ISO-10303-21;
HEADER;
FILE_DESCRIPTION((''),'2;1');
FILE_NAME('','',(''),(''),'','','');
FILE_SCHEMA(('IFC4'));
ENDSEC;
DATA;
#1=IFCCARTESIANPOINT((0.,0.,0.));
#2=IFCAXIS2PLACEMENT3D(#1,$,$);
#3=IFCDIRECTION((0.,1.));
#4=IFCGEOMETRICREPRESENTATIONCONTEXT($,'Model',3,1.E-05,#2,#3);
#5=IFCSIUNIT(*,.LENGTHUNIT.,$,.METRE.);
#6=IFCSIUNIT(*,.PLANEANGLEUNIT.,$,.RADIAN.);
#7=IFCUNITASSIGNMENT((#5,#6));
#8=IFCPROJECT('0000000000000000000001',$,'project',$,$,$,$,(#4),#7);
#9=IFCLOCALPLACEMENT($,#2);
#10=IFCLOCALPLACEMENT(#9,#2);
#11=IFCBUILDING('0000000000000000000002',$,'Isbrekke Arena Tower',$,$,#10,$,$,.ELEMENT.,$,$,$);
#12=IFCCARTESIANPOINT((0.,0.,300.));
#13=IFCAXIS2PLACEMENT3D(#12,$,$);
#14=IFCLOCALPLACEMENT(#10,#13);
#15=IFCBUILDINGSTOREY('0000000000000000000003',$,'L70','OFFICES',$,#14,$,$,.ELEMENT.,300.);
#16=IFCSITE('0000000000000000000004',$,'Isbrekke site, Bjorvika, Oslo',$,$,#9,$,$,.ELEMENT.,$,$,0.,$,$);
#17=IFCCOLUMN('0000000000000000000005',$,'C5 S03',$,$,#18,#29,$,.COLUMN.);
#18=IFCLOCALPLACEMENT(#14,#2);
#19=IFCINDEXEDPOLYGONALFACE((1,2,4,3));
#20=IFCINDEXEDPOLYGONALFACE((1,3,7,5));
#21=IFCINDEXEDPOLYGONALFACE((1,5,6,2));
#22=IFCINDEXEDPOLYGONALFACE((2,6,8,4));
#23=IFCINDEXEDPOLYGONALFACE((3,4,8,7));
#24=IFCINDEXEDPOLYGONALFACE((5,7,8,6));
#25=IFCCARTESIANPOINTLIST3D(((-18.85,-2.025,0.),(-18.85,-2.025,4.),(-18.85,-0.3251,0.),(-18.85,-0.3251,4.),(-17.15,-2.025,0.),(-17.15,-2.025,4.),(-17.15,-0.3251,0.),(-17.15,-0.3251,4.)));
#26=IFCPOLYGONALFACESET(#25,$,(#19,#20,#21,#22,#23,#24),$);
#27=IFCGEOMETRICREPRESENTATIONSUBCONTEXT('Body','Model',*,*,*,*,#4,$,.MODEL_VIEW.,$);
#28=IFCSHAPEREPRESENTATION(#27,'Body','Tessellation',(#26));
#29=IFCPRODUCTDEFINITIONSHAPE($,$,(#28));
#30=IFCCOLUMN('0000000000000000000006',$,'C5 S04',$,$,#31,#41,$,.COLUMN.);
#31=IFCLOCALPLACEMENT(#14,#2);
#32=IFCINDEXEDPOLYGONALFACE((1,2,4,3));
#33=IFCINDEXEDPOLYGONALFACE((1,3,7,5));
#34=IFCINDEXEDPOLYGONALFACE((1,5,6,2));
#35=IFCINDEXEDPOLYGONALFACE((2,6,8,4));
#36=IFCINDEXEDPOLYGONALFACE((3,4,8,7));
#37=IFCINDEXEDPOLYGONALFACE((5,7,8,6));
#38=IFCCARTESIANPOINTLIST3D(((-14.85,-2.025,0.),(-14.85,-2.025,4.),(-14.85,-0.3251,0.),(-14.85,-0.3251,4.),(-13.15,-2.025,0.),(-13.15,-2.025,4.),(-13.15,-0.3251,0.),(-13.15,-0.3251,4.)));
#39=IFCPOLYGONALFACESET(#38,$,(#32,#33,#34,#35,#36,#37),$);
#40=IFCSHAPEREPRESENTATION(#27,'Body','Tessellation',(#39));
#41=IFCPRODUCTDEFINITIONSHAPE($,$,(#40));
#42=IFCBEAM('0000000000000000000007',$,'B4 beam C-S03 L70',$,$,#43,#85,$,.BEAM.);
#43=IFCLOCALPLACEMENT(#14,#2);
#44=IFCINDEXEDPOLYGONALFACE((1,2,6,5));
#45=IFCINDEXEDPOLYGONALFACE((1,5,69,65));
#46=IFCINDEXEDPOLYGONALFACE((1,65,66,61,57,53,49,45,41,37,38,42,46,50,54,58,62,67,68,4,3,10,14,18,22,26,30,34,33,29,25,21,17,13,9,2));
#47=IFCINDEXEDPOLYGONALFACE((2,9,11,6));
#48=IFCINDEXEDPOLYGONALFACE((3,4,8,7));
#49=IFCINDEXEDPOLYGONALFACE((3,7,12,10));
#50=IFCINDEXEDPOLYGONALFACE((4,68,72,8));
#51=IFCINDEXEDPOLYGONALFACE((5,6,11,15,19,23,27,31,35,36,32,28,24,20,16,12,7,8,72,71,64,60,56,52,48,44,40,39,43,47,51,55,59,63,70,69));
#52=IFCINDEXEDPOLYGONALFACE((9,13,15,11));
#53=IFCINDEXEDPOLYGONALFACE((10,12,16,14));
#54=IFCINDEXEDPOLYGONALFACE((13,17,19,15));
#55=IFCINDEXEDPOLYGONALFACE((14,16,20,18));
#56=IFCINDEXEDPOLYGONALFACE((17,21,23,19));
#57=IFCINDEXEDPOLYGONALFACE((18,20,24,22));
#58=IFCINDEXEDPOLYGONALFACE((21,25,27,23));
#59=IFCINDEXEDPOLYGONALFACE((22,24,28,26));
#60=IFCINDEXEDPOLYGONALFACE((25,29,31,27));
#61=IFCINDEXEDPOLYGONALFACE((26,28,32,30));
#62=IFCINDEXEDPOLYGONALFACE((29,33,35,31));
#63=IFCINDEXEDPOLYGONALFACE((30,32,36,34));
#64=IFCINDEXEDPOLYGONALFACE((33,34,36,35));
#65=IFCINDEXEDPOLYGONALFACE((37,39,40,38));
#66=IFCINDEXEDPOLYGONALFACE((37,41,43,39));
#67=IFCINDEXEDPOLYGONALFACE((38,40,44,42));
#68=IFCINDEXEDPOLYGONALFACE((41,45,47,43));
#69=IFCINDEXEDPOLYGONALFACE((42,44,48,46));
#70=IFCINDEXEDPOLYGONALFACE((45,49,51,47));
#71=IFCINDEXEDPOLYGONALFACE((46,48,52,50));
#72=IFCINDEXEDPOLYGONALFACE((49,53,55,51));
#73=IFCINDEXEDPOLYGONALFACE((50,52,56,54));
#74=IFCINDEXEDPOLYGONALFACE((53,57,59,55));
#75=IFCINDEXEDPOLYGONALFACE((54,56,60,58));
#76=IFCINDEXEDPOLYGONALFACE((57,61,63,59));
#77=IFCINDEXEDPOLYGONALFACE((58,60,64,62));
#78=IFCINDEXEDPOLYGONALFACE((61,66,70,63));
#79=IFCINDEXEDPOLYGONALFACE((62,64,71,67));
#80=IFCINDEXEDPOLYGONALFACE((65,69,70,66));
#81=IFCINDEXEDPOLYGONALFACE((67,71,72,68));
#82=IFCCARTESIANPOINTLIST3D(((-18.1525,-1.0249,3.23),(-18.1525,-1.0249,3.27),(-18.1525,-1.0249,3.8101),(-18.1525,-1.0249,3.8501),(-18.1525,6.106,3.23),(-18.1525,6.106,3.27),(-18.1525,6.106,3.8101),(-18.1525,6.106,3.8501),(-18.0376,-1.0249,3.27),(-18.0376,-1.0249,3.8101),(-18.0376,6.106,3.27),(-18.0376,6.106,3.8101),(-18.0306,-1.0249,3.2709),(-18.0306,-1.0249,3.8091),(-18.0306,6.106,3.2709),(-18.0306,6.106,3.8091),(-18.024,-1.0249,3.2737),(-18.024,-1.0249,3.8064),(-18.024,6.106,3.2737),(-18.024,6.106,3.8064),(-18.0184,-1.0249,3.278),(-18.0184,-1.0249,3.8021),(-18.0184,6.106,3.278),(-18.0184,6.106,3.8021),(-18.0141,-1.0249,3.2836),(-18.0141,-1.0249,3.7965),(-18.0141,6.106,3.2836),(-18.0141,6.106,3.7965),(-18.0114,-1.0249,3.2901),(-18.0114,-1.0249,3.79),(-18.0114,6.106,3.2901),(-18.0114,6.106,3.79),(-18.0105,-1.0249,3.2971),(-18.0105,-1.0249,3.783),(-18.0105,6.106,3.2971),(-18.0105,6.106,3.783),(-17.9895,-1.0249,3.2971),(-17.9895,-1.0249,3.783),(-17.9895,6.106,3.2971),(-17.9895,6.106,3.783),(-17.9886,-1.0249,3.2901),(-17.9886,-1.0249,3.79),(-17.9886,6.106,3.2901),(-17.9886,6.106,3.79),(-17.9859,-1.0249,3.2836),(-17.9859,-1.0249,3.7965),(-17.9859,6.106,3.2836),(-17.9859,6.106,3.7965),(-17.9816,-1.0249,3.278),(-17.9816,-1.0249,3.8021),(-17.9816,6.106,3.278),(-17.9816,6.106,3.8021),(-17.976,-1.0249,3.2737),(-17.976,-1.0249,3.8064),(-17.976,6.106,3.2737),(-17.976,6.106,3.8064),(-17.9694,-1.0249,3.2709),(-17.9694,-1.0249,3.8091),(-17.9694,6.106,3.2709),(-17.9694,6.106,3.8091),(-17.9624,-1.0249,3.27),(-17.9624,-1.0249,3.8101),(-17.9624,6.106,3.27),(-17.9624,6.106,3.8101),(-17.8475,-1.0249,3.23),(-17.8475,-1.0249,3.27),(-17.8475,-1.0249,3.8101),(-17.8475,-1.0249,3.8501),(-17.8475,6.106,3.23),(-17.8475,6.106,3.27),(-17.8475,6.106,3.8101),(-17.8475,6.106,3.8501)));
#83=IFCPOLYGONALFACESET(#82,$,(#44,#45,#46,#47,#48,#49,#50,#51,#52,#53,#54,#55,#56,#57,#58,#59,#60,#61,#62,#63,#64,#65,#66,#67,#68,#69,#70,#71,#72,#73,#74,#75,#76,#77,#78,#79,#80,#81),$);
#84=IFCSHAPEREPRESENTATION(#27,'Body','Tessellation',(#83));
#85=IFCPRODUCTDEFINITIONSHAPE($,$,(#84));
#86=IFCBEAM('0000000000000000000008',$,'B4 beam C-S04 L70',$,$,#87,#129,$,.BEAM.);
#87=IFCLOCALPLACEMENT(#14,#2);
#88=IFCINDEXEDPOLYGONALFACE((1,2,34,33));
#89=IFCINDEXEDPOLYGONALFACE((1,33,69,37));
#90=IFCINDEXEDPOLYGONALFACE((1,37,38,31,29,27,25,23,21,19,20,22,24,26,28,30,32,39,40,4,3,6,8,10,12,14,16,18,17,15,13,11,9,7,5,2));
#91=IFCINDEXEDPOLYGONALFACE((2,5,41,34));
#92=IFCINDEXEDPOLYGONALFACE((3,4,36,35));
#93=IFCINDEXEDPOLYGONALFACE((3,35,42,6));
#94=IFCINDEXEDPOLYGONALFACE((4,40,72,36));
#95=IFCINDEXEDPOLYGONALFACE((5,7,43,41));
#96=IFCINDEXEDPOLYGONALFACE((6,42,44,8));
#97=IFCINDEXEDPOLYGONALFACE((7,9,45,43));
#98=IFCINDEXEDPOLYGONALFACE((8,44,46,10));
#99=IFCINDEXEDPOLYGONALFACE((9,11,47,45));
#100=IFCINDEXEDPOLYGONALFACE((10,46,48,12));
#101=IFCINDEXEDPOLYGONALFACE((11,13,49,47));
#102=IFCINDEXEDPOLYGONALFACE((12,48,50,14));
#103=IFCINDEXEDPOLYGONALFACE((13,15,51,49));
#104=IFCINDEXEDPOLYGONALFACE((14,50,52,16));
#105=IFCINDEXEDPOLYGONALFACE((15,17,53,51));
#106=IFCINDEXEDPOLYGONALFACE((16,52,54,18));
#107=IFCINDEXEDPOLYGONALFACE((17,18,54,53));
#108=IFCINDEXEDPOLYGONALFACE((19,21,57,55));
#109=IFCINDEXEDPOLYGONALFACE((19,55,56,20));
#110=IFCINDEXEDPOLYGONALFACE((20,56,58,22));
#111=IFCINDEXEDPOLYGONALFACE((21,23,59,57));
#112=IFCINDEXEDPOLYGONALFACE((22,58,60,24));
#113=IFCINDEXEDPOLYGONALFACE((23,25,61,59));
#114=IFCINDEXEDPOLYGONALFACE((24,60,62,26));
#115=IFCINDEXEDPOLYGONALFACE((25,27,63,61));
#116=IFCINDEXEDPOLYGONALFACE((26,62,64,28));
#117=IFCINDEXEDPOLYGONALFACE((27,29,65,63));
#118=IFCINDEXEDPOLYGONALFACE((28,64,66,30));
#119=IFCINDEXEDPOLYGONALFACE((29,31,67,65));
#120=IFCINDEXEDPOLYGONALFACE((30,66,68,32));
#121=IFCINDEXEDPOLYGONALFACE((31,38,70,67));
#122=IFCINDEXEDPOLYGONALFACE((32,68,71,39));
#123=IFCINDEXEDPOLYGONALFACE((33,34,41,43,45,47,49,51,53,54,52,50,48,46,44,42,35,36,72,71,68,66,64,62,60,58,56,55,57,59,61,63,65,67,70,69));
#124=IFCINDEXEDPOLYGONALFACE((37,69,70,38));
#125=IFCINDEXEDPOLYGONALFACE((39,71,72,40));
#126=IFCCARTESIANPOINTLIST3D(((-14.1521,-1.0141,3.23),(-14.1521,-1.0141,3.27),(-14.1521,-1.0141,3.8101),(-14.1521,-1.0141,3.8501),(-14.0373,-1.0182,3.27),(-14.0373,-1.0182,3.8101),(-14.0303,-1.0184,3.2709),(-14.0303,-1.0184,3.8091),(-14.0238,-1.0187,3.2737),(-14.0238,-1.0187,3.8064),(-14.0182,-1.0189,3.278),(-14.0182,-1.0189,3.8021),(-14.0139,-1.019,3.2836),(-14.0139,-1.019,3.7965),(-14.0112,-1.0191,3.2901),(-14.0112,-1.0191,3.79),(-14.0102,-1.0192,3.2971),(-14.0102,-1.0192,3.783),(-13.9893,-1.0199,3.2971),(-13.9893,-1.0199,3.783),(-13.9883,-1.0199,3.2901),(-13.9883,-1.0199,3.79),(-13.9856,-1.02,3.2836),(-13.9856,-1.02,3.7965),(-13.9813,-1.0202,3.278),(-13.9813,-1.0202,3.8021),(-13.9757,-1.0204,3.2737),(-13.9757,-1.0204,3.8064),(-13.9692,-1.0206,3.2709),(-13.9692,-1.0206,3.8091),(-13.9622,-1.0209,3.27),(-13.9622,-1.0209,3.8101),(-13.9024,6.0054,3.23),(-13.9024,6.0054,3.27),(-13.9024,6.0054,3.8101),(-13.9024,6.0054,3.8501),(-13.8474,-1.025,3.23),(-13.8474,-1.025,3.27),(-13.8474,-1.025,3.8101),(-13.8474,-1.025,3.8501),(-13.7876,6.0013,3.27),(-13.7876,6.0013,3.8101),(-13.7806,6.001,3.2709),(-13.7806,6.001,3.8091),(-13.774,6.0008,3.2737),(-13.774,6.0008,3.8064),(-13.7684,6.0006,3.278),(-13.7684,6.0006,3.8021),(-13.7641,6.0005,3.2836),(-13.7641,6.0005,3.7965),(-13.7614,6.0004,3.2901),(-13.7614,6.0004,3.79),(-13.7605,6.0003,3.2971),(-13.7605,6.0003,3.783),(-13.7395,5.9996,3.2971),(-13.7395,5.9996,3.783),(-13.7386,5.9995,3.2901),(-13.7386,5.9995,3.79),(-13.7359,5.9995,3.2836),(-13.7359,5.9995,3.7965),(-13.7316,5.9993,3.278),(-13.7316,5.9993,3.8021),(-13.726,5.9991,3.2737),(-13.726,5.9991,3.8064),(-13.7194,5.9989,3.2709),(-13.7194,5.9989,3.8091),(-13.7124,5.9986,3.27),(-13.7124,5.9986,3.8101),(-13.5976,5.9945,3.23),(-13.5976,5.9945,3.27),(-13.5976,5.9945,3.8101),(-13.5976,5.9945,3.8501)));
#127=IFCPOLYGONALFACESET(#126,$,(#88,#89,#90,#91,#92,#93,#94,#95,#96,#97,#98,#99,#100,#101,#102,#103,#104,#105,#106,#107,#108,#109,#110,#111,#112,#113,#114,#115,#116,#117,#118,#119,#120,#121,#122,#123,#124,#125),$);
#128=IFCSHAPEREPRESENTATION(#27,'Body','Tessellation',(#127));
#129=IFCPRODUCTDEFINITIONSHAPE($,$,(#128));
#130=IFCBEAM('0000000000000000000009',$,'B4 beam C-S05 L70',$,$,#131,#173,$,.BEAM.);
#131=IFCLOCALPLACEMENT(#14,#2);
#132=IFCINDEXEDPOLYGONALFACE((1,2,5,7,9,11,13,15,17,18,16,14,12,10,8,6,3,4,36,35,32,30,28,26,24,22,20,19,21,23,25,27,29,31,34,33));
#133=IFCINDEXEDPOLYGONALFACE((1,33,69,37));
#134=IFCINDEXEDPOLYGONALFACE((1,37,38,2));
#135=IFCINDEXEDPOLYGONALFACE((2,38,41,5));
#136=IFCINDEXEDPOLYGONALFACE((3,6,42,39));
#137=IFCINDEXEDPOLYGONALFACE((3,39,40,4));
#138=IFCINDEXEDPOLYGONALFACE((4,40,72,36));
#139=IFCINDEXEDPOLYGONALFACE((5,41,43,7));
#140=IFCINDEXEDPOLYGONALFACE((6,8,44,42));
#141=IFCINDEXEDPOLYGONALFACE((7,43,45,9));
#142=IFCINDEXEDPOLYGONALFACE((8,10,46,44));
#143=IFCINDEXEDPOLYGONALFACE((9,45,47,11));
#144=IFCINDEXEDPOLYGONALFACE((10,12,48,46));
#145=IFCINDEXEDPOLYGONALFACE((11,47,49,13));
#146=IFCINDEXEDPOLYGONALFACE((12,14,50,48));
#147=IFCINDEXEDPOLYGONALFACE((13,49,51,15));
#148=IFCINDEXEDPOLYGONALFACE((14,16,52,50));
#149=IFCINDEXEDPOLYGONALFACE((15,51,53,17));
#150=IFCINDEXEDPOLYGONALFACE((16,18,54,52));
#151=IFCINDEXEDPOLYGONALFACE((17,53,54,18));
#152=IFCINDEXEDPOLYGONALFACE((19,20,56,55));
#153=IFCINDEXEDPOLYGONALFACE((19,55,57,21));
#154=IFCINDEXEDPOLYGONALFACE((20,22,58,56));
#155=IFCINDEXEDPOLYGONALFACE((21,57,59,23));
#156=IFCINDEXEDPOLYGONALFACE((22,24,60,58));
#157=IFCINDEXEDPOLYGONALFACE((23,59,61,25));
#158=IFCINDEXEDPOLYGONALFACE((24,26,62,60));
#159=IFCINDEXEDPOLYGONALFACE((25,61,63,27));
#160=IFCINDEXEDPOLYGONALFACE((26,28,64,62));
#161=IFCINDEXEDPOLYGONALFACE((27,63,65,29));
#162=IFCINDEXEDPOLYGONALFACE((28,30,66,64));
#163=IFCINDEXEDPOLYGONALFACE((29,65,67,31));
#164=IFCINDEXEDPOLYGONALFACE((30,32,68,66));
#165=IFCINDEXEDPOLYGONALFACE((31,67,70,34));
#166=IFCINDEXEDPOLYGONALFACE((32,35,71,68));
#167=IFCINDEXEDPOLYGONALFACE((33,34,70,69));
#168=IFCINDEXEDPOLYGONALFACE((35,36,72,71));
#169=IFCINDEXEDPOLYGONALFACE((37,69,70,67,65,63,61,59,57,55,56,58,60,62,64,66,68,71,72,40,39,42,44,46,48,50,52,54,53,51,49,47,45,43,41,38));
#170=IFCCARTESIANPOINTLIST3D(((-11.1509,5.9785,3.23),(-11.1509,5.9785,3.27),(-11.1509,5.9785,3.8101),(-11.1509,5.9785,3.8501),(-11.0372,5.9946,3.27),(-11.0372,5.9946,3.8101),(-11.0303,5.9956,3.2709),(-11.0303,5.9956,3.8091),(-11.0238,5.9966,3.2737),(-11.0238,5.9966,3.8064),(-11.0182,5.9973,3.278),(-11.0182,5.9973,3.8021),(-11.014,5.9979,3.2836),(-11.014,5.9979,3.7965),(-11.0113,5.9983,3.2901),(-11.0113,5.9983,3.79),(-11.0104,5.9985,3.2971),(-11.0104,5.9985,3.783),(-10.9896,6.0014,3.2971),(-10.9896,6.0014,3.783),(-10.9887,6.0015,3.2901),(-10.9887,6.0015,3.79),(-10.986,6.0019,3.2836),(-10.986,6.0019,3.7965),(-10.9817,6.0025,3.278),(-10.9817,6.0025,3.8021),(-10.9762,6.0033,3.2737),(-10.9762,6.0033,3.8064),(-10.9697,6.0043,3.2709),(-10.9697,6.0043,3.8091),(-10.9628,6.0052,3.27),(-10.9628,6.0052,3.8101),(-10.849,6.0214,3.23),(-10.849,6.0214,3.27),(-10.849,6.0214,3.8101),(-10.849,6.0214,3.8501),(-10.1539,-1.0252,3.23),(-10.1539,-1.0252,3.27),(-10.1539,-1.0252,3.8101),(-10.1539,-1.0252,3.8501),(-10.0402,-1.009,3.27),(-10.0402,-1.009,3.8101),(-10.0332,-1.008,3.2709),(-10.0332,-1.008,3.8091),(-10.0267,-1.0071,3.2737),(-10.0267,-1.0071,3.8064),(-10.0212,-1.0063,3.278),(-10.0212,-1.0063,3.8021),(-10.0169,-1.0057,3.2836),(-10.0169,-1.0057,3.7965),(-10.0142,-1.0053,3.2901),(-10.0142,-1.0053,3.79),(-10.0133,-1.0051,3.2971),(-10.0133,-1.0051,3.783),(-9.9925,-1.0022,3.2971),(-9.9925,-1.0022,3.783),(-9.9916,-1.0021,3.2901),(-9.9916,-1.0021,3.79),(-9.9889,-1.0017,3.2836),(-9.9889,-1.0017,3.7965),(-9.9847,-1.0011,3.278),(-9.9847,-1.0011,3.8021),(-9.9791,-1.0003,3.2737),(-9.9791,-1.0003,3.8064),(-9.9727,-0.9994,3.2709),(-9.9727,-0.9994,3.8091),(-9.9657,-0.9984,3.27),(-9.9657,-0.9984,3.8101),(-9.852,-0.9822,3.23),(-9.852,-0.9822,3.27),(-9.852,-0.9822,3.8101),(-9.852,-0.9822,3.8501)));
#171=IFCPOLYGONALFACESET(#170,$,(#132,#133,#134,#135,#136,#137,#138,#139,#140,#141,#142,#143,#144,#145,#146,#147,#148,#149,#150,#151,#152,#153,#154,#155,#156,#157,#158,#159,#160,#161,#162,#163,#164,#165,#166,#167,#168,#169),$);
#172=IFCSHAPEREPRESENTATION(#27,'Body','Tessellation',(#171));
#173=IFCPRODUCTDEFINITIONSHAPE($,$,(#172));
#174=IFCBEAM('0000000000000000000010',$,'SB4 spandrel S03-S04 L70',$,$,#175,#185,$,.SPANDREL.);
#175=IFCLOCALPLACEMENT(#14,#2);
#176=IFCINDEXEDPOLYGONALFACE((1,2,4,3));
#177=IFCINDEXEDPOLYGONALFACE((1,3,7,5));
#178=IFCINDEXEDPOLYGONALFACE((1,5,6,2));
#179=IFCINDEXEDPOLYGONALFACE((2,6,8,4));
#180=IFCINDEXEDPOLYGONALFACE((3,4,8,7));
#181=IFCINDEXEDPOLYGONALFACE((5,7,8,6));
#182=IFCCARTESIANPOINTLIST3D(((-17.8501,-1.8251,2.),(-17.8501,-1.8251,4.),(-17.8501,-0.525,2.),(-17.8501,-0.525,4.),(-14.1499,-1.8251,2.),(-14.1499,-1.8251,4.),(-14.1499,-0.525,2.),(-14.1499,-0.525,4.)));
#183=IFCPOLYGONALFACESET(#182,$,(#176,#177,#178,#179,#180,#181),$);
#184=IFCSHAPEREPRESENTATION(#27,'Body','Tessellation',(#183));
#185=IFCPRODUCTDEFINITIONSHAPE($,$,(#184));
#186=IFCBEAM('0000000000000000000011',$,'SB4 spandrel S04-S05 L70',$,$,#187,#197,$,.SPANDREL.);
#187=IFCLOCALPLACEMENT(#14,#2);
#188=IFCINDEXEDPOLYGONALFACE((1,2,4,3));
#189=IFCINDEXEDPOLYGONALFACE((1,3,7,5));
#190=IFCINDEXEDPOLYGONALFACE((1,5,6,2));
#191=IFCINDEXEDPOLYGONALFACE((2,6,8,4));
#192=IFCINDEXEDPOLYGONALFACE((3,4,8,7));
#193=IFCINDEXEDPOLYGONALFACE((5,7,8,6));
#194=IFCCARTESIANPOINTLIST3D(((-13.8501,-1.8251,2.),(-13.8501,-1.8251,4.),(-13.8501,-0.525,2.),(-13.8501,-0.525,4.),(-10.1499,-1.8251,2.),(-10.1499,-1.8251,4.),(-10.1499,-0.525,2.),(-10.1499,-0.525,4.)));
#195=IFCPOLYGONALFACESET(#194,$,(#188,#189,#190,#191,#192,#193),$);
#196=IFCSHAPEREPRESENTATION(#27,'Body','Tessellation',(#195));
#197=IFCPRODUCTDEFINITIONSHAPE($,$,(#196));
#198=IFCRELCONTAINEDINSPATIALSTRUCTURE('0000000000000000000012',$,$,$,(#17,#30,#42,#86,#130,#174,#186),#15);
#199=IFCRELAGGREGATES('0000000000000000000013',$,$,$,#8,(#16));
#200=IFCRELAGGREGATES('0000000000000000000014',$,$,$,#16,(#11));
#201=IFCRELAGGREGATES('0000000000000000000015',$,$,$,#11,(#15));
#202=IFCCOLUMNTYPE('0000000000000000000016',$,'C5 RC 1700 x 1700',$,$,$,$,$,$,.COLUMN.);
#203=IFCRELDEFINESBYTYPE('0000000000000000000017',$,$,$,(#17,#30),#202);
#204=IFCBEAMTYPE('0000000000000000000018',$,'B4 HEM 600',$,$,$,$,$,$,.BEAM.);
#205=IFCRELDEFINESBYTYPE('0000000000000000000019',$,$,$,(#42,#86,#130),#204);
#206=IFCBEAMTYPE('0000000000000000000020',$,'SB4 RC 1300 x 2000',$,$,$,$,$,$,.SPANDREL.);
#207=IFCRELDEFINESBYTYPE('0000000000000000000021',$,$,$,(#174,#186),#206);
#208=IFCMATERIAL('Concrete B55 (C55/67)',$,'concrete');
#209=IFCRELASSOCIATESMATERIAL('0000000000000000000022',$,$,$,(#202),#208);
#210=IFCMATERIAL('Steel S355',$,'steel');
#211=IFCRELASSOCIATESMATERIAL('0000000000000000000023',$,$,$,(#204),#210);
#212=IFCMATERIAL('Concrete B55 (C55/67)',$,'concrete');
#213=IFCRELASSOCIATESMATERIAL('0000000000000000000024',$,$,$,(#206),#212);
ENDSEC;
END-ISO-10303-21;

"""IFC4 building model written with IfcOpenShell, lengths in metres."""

from ifc_helpers import new_model, si_unit, direction, frame, origin, origin_2d, place, context, subcontext, project, spatial, rectangle, i_section, extrude, material, material_profile, profile_set, type_object, element, save


model = new_model("IFC4")

# Units and contexts
model_context = context("Model", 3, precision=1e-05, world=origin(), true_north=direction((0.0, 1.0)))
body_context = subcontext(model_context, "Body", "Model", "MODEL_VIEW")
ifc_project = project(units=[si_unit("LENGTHUNIT", "METRE"), si_unit("PLANEANGLEUNIT", "RADIAN")], contexts=[model_context])

# Site, building, storey
site_placement = place(None, origin())
site = spatial("IfcSite", under=ifc_project, at=site_placement, Name="Isbrekke site, Bjorvika, Oslo", CompositionType="ELEMENT", RefElevation=0.0)
building_placement = place(site_placement, origin())
building = spatial("IfcBuilding", under=site, at=building_placement, Name="Isbrekke Arena Tower", CompositionType="ELEMENT")
storey_placement = place(building_placement, frame((0.0, 0.0, 300.0)))
storey = spatial("IfcBuildingStorey", under=building, at=storey_placement, Name="L70", Description="OFFICES", CompositionType="ELEMENT", Elevation=300.0)

# Columns
ifc_material_1 = material(Name="Concrete B55 (C55/67)", Category="concrete")
ifc_material_profile_1 = material_profile(ifc_material_1, rectangle(XDim=1.7, YDim=1.7, at=origin_2d()), Name="RC 1700x1700")
ifc_profile_set_1 = profile_set([ifc_material_profile_1], Name="Concrete B55 (C55/67)")
column_type = type_object("IfcColumnType", Name="C5 RC 1700 x 1700", PredefinedType="COLUMN", material=ifc_profile_set_1)
for number, where, z_axis, x_axis, name in (
    (1, (-18.0, -1.175, 0.0), (0.0, 0.0, 1.0), (1.0, 0.0, 0.0), "C5 S03"),
    (2, (-14.0, -1.175, 0.0), (0.0, 0.0, 1.0), (1.0, 0.0, 0.0), "C5 S04"),
):
    element("IfcColumn", number, at=place(storey_placement, frame(where, z_axis=z_axis, x_axis=x_axis)), inside=storey, type_object=column_type, Name=name, PredefinedType="COLUMN", context=body_context, shape_type="SweptSolid", body=[
        extrude(rectangle(XDim=1.7, YDim=1.7, at=origin_2d()), origin(), (0.0, 0.0, 1.0), 4.0),
    ])

# Beams
ifc_material_2 = material(Name="Steel S355", Category="steel")
ifc_material_profile_2 = material_profile(ifc_material_2, i_section(OverallWidth=0.3049, OverallDepth=0.6201, WebThickness=0.021, FlangeThickness=0.04, FilletRadius=0.0271, at=origin_2d()), Name="HEM 600")
ifc_profile_set_2 = profile_set([ifc_material_profile_2], Name="Steel S355")
beam_type_1 = type_object("IfcBeamType", Name="B4 HEM 600", PredefinedType="BEAM", material=ifc_profile_set_2)
beam_1_placement = place(storey_placement, frame((-18.0, -1.0249, 3.54), z_axis=(0.0, 1.0, 0.0), x_axis=(-1.0, 0.0, 0.0)))
element("IfcBeam", 3, at=beam_1_placement, inside=storey, type_object=beam_type_1, Name="B4 beam C-S03 L70", PredefinedType="BEAM", context=body_context, shape_type="SweptSolid", body=[
    extrude(i_section(OverallWidth=0.3049, OverallDepth=0.6201, WebThickness=0.021, FlangeThickness=0.04, FilletRadius=0.0271, at=origin_2d()), origin(), (0.0, 0.0, 1.0), 7.1309),
])
beam_2_placement = place(storey_placement, frame((-13.9998, -1.0195, 3.54), z_axis=(0.035558, 0.999368, 0.0), x_axis=(-0.999368, 0.035558, 0.0)))
element("IfcBeam", 4, at=beam_2_placement, inside=storey, type_object=beam_type_1, Name="B4 beam C-S04 L70", PredefinedType="BEAM", context=body_context, shape_type="SweptSolid", body=[
    extrude(i_section(OverallWidth=0.3049, OverallDepth=0.6201, WebThickness=0.021, FlangeThickness=0.04, FilletRadius=0.0271, at=origin_2d()), origin(), (0.0, 0.0, 1.0), 7.0239),
])
beam_3_placement = place(storey_placement, frame((-10.0029, -1.0037, 3.54), z_axis=(-0.140943, 0.990018, 0.0), x_axis=(-0.990018, -0.140943, 0.0)))
element("IfcBeam", 5, at=beam_3_placement, inside=storey, type_object=beam_type_1, Name="B4 beam C-S05 L70", PredefinedType="BEAM", context=body_context, shape_type="SweptSolid", body=[
    extrude(i_section(OverallWidth=0.3049, OverallDepth=0.6201, WebThickness=0.021, FlangeThickness=0.04, FilletRadius=0.0271, at=origin_2d()), origin(), (0.0, 0.0, 1.0), 7.0742),
])
ifc_material_3 = material(Name="Concrete B55 (C55/67)", Category="concrete")
ifc_material_profile_3 = material_profile(ifc_material_3, rectangle(XDim=1.3, YDim=2.0, at=origin_2d()), Name="RC 1300x2000")
ifc_profile_set_3 = profile_set([ifc_material_profile_3], Name="Concrete B55 (C55/67)")
beam_type_2 = type_object("IfcBeamType", Name="SB4 RC 1300 x 2000", PredefinedType="SPANDREL", material=ifc_profile_set_3)
for number, where, z_axis, x_axis, name in (
    (6, (-17.8501, -1.175, 3.0), (1.0, 0.0, 0.0), (0.0, 1.0, 0.0), "SB4 spandrel S03-S04 L70"),
    (7, (-13.8501, -1.175, 3.0), (1.0, 0.0, 0.0), (0.0, 1.0, 0.0), "SB4 spandrel S04-S05 L70"),
):
    element("IfcBeam", number, at=place(storey_placement, frame(where, z_axis=z_axis, x_axis=x_axis)), inside=storey, type_object=beam_type_2, Name=name, PredefinedType="SPANDREL", context=body_context, shape_type="SweptSolid", body=[
        extrude(rectangle(XDim=1.3, YDim=2.0, at=origin_2d()), origin(), (0.0, 0.0, 1.0), 3.7002),
    ])

save(model, "model.ifc")
